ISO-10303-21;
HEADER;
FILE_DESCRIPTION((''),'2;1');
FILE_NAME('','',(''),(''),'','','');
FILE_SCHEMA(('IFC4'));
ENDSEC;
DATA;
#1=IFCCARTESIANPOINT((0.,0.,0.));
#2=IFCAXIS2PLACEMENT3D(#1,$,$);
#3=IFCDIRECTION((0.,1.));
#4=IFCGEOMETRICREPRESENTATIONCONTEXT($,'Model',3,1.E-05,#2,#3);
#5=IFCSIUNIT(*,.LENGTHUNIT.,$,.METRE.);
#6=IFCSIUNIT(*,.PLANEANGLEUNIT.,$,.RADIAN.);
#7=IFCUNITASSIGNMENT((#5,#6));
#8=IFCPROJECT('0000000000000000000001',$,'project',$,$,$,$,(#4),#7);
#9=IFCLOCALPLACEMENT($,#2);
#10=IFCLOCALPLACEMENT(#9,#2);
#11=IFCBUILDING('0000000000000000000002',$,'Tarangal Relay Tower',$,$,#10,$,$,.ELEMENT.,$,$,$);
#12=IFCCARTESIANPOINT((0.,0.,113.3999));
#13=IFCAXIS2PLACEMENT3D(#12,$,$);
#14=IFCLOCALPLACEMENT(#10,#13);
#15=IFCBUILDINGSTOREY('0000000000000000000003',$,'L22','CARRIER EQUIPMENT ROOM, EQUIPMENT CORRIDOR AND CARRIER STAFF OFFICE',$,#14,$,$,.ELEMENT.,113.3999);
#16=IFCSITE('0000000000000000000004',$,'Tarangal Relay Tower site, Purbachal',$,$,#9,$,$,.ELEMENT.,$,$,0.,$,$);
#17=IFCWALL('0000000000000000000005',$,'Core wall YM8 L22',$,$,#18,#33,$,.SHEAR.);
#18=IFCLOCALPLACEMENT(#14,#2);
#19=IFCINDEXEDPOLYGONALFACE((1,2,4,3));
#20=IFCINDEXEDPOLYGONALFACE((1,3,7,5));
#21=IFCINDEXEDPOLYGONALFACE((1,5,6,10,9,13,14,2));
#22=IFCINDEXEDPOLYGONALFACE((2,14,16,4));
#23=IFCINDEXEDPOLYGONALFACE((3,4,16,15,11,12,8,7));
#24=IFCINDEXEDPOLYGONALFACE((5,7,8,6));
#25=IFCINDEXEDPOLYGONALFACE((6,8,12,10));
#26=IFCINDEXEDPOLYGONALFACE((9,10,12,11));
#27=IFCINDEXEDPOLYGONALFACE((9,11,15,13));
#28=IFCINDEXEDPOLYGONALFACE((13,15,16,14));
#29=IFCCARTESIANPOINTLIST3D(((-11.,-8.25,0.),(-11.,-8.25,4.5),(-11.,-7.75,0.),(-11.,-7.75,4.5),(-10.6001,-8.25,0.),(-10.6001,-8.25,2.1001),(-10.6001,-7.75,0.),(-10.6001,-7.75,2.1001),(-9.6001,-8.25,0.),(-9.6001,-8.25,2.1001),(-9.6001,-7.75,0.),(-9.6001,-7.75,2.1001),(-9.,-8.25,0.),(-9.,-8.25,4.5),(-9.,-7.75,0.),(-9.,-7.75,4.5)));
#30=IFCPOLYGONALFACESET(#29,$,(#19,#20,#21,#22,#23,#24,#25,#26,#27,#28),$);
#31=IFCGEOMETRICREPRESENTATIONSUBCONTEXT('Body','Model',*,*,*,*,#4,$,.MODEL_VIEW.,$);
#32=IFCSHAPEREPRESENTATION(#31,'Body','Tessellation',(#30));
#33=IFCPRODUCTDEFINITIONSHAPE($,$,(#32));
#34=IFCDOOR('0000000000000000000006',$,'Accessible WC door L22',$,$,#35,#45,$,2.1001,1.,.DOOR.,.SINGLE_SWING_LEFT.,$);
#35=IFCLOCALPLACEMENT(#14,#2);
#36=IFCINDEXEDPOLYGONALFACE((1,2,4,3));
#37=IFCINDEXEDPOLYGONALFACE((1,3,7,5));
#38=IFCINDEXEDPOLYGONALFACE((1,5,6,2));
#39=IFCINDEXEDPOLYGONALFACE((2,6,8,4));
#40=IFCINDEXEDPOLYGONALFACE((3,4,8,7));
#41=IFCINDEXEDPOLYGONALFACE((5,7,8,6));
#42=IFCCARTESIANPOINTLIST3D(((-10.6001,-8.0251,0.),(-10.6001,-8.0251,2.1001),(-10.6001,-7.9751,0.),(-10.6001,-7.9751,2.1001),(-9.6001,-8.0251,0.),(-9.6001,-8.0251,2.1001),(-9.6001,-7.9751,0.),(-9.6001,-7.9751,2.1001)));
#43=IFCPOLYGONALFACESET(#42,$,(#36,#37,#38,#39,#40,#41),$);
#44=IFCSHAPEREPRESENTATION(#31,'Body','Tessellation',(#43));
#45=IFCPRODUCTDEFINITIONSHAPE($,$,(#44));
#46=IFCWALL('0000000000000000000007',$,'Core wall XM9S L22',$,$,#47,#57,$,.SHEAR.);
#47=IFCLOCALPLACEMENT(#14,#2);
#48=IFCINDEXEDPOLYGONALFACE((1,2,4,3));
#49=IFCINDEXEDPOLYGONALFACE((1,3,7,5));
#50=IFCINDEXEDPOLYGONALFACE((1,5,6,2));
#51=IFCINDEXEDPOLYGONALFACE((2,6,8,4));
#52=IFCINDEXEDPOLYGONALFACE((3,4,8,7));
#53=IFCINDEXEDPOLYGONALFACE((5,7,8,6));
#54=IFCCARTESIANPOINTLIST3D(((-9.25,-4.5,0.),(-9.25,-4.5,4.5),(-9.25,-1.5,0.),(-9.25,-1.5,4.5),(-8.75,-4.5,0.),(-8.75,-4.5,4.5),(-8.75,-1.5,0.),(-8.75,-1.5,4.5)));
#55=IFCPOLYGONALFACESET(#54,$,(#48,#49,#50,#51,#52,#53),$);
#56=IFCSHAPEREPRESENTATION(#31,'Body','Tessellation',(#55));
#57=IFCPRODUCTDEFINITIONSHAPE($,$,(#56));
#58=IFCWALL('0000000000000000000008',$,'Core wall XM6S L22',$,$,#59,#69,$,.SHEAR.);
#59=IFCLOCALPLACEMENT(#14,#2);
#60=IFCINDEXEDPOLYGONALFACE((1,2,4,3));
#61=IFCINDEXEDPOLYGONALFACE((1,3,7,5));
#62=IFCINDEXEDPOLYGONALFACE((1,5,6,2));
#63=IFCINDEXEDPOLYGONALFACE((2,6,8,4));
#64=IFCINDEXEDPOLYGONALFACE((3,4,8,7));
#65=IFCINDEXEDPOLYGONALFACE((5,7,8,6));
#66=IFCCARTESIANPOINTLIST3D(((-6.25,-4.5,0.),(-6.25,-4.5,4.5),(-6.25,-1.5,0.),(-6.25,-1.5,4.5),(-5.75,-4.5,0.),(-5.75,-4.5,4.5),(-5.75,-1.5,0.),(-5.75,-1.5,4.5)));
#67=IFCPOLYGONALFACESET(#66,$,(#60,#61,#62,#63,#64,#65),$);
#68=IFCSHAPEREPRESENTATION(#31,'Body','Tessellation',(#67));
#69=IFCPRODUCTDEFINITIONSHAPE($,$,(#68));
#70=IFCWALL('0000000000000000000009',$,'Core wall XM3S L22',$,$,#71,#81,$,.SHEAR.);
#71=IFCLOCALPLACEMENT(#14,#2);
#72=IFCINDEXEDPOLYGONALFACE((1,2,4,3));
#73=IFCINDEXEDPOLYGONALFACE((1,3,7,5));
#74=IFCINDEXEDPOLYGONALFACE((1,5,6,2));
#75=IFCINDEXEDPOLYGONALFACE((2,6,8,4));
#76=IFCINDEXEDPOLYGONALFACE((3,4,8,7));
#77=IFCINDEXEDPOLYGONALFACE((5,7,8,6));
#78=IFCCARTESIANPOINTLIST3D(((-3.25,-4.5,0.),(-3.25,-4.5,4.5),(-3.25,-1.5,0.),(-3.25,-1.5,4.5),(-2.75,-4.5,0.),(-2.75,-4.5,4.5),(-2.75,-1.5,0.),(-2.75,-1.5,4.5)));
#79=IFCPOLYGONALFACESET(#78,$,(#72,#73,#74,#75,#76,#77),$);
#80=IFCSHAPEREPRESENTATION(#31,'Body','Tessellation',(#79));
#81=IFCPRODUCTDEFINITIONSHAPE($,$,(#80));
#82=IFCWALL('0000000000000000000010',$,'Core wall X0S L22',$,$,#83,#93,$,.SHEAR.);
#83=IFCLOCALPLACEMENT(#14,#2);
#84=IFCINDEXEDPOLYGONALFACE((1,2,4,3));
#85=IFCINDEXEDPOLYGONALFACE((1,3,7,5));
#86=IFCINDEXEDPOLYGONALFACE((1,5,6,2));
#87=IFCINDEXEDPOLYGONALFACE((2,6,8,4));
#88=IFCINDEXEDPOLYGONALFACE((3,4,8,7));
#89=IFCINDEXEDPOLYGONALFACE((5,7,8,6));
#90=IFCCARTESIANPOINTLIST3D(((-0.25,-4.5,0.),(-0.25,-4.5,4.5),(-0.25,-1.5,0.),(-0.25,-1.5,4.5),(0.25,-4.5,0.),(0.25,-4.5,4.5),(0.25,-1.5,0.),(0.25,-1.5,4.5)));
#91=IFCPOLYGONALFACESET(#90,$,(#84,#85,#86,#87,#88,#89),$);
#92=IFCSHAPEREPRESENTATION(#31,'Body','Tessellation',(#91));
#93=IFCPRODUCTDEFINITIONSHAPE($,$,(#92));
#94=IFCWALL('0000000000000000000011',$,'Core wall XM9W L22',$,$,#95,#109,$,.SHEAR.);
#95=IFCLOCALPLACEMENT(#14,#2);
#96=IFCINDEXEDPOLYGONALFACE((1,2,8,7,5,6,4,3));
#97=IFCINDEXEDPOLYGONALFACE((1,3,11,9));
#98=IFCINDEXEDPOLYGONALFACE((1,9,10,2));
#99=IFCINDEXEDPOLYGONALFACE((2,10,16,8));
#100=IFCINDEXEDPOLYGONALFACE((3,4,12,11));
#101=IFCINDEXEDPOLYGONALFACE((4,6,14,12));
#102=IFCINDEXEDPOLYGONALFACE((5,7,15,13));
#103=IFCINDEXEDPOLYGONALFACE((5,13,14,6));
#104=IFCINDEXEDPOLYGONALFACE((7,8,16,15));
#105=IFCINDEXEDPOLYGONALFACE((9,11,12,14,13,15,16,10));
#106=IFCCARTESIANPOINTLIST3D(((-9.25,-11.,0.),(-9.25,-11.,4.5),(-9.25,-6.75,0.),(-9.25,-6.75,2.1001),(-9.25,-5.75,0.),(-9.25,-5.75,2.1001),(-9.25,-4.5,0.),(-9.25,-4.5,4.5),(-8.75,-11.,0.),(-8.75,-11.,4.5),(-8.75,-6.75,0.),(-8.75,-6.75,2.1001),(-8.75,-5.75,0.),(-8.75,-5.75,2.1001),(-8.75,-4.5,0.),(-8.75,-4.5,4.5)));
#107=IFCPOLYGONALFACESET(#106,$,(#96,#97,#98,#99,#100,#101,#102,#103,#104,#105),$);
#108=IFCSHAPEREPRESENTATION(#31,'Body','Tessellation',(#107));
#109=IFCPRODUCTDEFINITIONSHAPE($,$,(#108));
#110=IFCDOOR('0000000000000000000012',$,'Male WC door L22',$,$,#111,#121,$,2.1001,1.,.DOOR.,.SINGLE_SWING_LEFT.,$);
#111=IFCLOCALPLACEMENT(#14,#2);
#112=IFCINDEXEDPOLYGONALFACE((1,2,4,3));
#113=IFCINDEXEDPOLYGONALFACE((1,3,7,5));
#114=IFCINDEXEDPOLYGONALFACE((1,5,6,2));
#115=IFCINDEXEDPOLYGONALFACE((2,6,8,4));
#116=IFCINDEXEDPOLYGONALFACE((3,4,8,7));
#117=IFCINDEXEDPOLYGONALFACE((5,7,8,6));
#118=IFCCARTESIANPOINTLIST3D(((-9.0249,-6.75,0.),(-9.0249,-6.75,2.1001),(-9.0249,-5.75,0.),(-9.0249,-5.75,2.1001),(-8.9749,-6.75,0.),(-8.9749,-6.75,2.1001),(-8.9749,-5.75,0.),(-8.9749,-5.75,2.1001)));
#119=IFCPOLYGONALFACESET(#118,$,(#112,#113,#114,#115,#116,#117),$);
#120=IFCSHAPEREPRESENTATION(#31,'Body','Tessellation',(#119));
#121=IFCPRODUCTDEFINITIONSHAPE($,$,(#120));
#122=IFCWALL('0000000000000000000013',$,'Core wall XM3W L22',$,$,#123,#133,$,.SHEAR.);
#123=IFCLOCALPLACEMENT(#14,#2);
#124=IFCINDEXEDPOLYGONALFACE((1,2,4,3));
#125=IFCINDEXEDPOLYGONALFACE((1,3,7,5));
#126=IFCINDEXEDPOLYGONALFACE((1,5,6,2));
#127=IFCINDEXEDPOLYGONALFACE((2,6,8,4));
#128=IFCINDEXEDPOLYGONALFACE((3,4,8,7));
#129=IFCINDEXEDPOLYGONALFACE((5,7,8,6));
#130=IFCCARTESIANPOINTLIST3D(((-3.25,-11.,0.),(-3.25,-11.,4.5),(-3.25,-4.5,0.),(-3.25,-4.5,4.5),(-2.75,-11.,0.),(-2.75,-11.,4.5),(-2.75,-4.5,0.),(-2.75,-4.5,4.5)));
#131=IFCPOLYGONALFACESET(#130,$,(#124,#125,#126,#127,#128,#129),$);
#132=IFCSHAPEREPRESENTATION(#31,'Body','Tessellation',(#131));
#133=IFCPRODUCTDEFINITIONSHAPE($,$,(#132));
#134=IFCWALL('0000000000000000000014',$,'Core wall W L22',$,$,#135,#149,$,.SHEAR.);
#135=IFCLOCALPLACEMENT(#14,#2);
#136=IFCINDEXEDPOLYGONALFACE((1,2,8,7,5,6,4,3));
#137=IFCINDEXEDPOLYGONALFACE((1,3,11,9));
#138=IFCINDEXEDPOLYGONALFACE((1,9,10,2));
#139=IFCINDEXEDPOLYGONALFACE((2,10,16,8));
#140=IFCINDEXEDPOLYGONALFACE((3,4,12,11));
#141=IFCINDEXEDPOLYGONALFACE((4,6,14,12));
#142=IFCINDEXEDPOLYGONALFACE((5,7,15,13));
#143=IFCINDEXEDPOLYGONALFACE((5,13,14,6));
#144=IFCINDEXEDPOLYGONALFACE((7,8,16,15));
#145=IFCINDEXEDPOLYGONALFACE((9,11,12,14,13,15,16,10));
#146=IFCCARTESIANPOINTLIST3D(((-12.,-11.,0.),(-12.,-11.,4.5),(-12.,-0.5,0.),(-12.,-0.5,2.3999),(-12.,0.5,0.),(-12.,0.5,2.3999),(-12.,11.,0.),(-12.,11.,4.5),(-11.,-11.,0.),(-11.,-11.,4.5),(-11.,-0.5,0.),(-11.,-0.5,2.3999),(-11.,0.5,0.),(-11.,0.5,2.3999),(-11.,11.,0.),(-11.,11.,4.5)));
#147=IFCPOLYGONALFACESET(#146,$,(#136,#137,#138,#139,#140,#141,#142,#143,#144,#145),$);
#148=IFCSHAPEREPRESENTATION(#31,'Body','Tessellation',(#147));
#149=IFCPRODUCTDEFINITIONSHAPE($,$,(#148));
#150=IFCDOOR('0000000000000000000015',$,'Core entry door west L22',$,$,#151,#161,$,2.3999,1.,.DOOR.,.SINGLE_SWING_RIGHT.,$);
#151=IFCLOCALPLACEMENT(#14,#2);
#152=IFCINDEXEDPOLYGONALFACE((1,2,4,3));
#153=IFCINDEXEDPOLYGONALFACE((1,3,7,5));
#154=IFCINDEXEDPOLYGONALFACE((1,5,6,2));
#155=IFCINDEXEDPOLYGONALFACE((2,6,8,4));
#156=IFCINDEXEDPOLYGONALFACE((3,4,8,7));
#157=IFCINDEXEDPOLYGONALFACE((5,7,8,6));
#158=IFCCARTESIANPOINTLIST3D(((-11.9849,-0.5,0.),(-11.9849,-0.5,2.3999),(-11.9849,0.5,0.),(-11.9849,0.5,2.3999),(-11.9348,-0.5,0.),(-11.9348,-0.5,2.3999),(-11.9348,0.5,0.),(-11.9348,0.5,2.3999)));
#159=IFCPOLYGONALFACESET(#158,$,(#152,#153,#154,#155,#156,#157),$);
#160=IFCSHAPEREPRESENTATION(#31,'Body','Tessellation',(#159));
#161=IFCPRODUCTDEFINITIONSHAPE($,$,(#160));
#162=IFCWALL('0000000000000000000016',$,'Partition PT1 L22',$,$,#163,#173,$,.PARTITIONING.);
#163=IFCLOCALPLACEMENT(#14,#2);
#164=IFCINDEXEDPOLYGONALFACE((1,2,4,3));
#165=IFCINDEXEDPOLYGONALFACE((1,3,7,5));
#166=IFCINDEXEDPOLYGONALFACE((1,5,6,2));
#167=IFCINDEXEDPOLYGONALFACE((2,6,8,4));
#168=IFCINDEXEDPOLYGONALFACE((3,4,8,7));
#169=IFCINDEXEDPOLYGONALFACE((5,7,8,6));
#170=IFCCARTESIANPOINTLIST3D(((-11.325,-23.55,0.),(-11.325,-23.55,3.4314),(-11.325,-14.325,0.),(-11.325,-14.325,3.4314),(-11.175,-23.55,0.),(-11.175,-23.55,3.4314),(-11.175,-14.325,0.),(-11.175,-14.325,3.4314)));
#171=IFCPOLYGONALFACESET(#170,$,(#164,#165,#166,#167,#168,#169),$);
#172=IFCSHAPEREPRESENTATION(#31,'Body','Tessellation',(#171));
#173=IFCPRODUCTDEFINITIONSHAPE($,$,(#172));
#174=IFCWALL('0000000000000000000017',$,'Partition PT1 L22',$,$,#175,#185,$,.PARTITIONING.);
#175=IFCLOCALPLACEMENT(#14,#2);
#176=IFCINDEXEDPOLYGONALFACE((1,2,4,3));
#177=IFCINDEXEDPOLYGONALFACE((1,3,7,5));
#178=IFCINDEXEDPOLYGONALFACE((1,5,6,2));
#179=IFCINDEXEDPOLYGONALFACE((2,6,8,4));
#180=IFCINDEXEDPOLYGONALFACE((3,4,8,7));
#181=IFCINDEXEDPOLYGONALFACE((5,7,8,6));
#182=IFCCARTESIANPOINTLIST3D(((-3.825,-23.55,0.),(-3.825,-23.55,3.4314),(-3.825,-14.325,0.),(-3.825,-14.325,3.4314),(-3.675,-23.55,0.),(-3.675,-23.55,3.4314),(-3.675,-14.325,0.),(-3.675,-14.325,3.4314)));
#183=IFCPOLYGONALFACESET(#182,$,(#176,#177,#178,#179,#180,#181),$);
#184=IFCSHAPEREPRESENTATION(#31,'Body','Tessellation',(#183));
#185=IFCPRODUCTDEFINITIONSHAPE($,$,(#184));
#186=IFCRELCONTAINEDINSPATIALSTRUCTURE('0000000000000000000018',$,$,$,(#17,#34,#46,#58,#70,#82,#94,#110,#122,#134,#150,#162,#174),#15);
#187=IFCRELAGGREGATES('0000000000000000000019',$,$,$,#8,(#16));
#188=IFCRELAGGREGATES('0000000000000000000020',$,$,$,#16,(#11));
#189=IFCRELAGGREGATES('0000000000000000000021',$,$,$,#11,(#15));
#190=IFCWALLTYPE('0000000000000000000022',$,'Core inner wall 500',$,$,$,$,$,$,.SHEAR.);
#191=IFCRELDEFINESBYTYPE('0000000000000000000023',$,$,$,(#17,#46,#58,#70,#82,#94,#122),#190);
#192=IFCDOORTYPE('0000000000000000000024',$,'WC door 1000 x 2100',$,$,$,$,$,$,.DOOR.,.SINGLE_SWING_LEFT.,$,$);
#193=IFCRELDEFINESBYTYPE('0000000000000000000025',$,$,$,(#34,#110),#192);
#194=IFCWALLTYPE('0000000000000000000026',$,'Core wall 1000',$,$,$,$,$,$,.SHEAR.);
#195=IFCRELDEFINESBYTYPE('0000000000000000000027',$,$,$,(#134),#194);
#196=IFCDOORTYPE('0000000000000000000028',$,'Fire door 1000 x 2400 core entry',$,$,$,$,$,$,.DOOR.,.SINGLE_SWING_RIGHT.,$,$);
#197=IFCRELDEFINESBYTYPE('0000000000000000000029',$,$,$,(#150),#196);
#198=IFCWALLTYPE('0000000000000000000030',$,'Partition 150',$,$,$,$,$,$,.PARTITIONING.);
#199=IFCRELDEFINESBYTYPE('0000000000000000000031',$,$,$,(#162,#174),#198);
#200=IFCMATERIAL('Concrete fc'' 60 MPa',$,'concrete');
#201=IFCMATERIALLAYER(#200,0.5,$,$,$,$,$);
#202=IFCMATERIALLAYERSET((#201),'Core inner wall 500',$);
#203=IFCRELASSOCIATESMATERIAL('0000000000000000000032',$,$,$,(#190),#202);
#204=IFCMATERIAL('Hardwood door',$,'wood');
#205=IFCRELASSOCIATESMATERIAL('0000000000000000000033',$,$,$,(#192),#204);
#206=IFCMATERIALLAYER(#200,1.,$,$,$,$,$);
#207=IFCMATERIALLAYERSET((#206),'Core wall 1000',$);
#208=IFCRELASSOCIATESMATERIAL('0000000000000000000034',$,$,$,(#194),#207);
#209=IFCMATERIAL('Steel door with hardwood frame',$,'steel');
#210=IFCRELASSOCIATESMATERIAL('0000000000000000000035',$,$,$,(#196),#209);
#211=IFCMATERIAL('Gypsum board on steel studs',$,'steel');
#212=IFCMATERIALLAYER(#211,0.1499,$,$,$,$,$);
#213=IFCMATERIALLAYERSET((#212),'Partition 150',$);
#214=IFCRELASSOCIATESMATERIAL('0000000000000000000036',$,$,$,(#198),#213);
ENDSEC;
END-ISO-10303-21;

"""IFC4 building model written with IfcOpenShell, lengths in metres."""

from ifc_helpers import new_model, si_unit, direction, frame, frame_2d, origin, place, context, subcontext, project, spatial, rectangle, extrude, material, layer, layer_set, type_object, element, fill, save


model = new_model("IFC4")

# Units and contexts
model_context = context("Model", 3, precision=1e-05, world=origin(), true_north=direction((0.0, 1.0)))
body_context = subcontext(model_context, "Body", "Model", "MODEL_VIEW")
ifc_project = project(units=[si_unit("LENGTHUNIT", "METRE"), si_unit("PLANEANGLEUNIT", "RADIAN")], contexts=[model_context])

# Site, building, storey
site_placement = place(None, origin())
site = spatial("IfcSite", under=ifc_project, at=site_placement, Name="Tarangal Relay Tower site, Purbachal", CompositionType="ELEMENT", RefElevation=0.0)
building_placement = place(site_placement, origin())
building = spatial("IfcBuilding", under=site, at=building_placement, Name="Tarangal Relay Tower", CompositionType="ELEMENT")
storey_placement = place(building_placement, frame((0.0, 0.0, 113.3999)))
storey = spatial("IfcBuildingStorey", under=building, at=storey_placement, Name="L22", Description="CARRIER EQUIPMENT ROOM, EQUIPMENT CORRIDOR AND CARRIER STAFF OFFICE", CompositionType="ELEMENT", Elevation=113.3999)

# Shared definitions
ifc_material_1 = material(Name="Concrete fc' 60 MPa", Category="concrete")
ifc_layer_1 = layer(ifc_material_1, 0.5)
ifc_layer_set_1 = layer_set([ifc_layer_1], Name="Core inner wall 500")
wall_type_1 = type_object("IfcWallType", Name="Core inner wall 500", PredefinedType="SHEAR", material=ifc_layer_set_1)

# Wall, opening, door
wall_1_placement = place(storey_placement, frame((-11.0, -8.0, 0.0), z_axis=(0.0, 0.0, 1.0), x_axis=(1.0, 0.0, 0.0)))
wall_1 = element("IfcWall", 1, at=wall_1_placement, inside=storey, type_object=wall_type_1, Name="Core wall YM8 L22", PredefinedType="SHEAR", context=body_context, shape_type="SweptSolid", body=[
    extrude(rectangle(XDim=2.0, YDim=0.5, at=frame_2d((1.0, 0.0))), origin(), (0.0, 0.0, 1.0), 4.5),
])
opening_1_placement = place(wall_1_placement, frame((0.3999, 0.0, 0.0)))
opening_1 = element("IfcOpeningElement", 2, at=opening_1_placement, cuts=wall_1, PredefinedType="OPENING", context=body_context, shape_type="SweptSolid", body=[
    extrude(rectangle(XDim=1.0, YDim=2.1001, at=frame_2d((0.5, 1.05))), frame((0.0, 0.26, 0.0), z_axis=(0.0, -1.0, 0.0), x_axis=(1.0, 0.0, 0.0)), (0.0, 0.0, 1.0), 0.52),
])
ifc_material_2 = material(Name="Hardwood door", Category="wood")
door_type_1 = type_object("IfcDoorType", Name="WC door 1000 x 2100", OperationType="SINGLE_SWING_LEFT", PredefinedType="DOOR", material=ifc_material_2)
door_1_placement = place(opening_1_placement, origin())
door_1 = element("IfcDoor", 3, at=door_1_placement, inside=storey, type_object=door_type_1, Name="Accessible WC door L22", OperationType="SINGLE_SWING_LEFT", OverallHeight=2.1001, OverallWidth=1.0, PredefinedType="DOOR", context=body_context, shape_type="SweptSolid", body=[
    extrude(rectangle(XDim=1.0, YDim=2.1001, at=frame_2d((0.5, 1.05))), frame((0.0, 0.0249, 0.0), z_axis=(0.0, -1.0, 0.0), x_axis=(1.0, 0.0, 0.0)), (0.0, 0.0, 1.0), 0.05),
])
fill(opening_1, door_1)

# Walls
for number, where, z_axis, x_axis, name in (
    (4, (-9.0, -4.5, 0.0), (0.0, 0.0, 1.0), (0.0, 1.0, 0.0), "Core wall XM9S L22"),
    (5, (-6.0, -4.5, 0.0), (0.0, 0.0, 1.0), (0.0, 1.0, 0.0), "Core wall XM6S L22"),
    (6, (-3.0, -4.5, 0.0), (0.0, 0.0, 1.0), (0.0, 1.0, 0.0), "Core wall XM3S L22"),
    (7, (0.0, -4.5, 0.0), (0.0, 0.0, 1.0), (0.0, 1.0, 0.0), "Core wall X0S L22"),
):
    element("IfcWall", number, at=place(storey_placement, frame(where, z_axis=z_axis, x_axis=x_axis)), inside=storey, type_object=wall_type_1, Name=name, PredefinedType="SHEAR", context=body_context, shape_type="SweptSolid", body=[
        extrude(rectangle(XDim=3.0, YDim=0.5, at=frame_2d((1.5, 0.0))), origin(), (0.0, 0.0, 1.0), 4.5),
    ])

# Wall, opening, door
wall_2_placement = place(storey_placement, frame((-9.0, -11.0, 0.0), z_axis=(0.0, 0.0, 1.0), x_axis=(0.0, 1.0, 0.0)))
wall_2 = element("IfcWall", 8, at=wall_2_placement, inside=storey, type_object=wall_type_1, Name="Core wall XM9W L22", PredefinedType="SHEAR", context=body_context, shape_type="SweptSolid", body=[
    extrude(rectangle(XDim=6.5, YDim=0.5, at=frame_2d((3.25, 0.0))), origin(), (0.0, 0.0, 1.0), 4.5),
])
opening_2_placement = place(wall_2_placement, frame((4.25, 0.0, 0.0)))
opening_2 = element("IfcOpeningElement", 9, at=opening_2_placement, cuts=wall_2, PredefinedType="OPENING", context=body_context, shape_type="SweptSolid", body=[
    extrude(rectangle(XDim=1.0, YDim=2.1001, at=frame_2d((0.5, 1.05))), frame((0.0, 0.26, 0.0), z_axis=(0.0, -1.0, 0.0), x_axis=(1.0, 0.0, 0.0)), (0.0, 0.0, 1.0), 0.52),
])
door_2_placement = place(opening_2_placement, origin())
door_2 = element("IfcDoor", 10, at=door_2_placement, inside=storey, type_object=door_type_1, Name="Male WC door L22", OperationType="SINGLE_SWING_LEFT", OverallHeight=2.1001, OverallWidth=1.0, PredefinedType="DOOR", context=body_context, shape_type="SweptSolid", body=[
    extrude(rectangle(XDim=1.0, YDim=2.1001, at=frame_2d((0.5, 1.05))), frame((0.0, 0.0249, 0.0), z_axis=(0.0, -1.0, 0.0), x_axis=(1.0, 0.0, 0.0)), (0.0, 0.0, 1.0), 0.05),
])
fill(opening_2, door_2)

# Wall
wall_3_placement = place(storey_placement, frame((-3.0, -11.0, 0.0), z_axis=(0.0, 0.0, 1.0), x_axis=(0.0, 1.0, 0.0)))
element("IfcWall", 11, at=wall_3_placement, inside=storey, type_object=wall_type_1, Name="Core wall XM3W L22", PredefinedType="SHEAR", context=body_context, shape_type="SweptSolid", body=[
    extrude(rectangle(XDim=6.5, YDim=0.5, at=frame_2d((3.25, 0.0))), origin(), (0.0, 0.0, 1.0), 4.5),
])

# Wall, opening, door
ifc_layer_2 = layer(ifc_material_1, 1.0)
ifc_layer_set_2 = layer_set([ifc_layer_2], Name="Core wall 1000")
wall_type_2 = type_object("IfcWallType", Name="Core wall 1000", PredefinedType="SHEAR", material=ifc_layer_set_2)
wall_4_placement = place(storey_placement, frame((-11.5, -11.0, 0.0), z_axis=(0.0, 0.0, 1.0), x_axis=(0.0, 1.0, 0.0)))
wall_4 = element("IfcWall", 12, at=wall_4_placement, inside=storey, type_object=wall_type_2, Name="Core wall W L22", PredefinedType="SHEAR", context=body_context, shape_type="SweptSolid", body=[
    extrude(rectangle(XDim=22.0, YDim=1.0, at=frame_2d((11.0, 0.0))), origin(), (0.0, 0.0, 1.0), 4.5),
])
opening_3_placement = place(wall_4_placement, frame((10.5, 0.0, 0.0)))
opening_3 = element("IfcOpeningElement", 13, at=opening_3_placement, cuts=wall_4, PredefinedType="OPENING", context=body_context, shape_type="SweptSolid", body=[
    extrude(rectangle(XDim=1.0, YDim=2.3999, at=frame_2d((0.5, 1.2))), frame((0.0, 0.51, 0.0), z_axis=(0.0, -1.0, 0.0), x_axis=(1.0, 0.0, 0.0)), (0.0, 0.0, 1.0), 1.02),
])
ifc_material_3 = material(Name="Steel door with hardwood frame", Category="steel")
door_type_2 = type_object("IfcDoorType", Name="Fire door 1000 x 2400 core entry", OperationType="SINGLE_SWING_RIGHT", PredefinedType="DOOR", material=ifc_material_3)
door_3_placement = place(opening_3_placement, origin())
door_3 = element("IfcDoor", 14, at=door_3_placement, inside=storey, type_object=door_type_2, Name="Core entry door west L22", OperationType="SINGLE_SWING_RIGHT", OverallHeight=2.3999, OverallWidth=1.0, PredefinedType="DOOR", context=body_context, shape_type="SweptSolid", body=[
    extrude(rectangle(XDim=1.0, YDim=2.3999, at=frame_2d((0.5, 1.2))), frame((0.0, 0.4849, 0.0), z_axis=(0.0, -1.0, 0.0), x_axis=(1.0, 0.0, 0.0)), (0.0, 0.0, 1.0), 0.05),
])
fill(opening_3, door_3)

# Walls
ifc_material_4 = material(Name="Gypsum board on steel studs", Category="steel")
ifc_layer_3 = layer(ifc_material_4, 0.1499)
ifc_layer_set_3 = layer_set([ifc_layer_3], Name="Partition 150")
wall_type_3 = type_object("IfcWallType", Name="Partition 150", PredefinedType="PARTITIONING", material=ifc_layer_set_3)
for number, where, z_axis, x_axis, name in (
    (15, (-11.25, -23.55, 0.0), (0.0, 0.0, 1.0), (0.0, 1.0, 0.0), "Partition PT1 L22"),
    (16, (-3.75, -23.55, 0.0), (0.0, 0.0, 1.0), (0.0, 1.0, 0.0), "Partition PT1 L22"),
):
    element("IfcWall", number, at=place(storey_placement, frame(where, z_axis=z_axis, x_axis=x_axis)), inside=storey, type_object=wall_type_3, Name=name, PredefinedType="PARTITIONING", context=body_context, shape_type="SweptSolid", body=[
        extrude(rectangle(XDim=9.2251, YDim=0.1499, at=frame_2d((4.6125, 0.0))), origin(), (0.0, 0.0, 1.0), 3.4314),
    ])

save(model, "model.ifc")
